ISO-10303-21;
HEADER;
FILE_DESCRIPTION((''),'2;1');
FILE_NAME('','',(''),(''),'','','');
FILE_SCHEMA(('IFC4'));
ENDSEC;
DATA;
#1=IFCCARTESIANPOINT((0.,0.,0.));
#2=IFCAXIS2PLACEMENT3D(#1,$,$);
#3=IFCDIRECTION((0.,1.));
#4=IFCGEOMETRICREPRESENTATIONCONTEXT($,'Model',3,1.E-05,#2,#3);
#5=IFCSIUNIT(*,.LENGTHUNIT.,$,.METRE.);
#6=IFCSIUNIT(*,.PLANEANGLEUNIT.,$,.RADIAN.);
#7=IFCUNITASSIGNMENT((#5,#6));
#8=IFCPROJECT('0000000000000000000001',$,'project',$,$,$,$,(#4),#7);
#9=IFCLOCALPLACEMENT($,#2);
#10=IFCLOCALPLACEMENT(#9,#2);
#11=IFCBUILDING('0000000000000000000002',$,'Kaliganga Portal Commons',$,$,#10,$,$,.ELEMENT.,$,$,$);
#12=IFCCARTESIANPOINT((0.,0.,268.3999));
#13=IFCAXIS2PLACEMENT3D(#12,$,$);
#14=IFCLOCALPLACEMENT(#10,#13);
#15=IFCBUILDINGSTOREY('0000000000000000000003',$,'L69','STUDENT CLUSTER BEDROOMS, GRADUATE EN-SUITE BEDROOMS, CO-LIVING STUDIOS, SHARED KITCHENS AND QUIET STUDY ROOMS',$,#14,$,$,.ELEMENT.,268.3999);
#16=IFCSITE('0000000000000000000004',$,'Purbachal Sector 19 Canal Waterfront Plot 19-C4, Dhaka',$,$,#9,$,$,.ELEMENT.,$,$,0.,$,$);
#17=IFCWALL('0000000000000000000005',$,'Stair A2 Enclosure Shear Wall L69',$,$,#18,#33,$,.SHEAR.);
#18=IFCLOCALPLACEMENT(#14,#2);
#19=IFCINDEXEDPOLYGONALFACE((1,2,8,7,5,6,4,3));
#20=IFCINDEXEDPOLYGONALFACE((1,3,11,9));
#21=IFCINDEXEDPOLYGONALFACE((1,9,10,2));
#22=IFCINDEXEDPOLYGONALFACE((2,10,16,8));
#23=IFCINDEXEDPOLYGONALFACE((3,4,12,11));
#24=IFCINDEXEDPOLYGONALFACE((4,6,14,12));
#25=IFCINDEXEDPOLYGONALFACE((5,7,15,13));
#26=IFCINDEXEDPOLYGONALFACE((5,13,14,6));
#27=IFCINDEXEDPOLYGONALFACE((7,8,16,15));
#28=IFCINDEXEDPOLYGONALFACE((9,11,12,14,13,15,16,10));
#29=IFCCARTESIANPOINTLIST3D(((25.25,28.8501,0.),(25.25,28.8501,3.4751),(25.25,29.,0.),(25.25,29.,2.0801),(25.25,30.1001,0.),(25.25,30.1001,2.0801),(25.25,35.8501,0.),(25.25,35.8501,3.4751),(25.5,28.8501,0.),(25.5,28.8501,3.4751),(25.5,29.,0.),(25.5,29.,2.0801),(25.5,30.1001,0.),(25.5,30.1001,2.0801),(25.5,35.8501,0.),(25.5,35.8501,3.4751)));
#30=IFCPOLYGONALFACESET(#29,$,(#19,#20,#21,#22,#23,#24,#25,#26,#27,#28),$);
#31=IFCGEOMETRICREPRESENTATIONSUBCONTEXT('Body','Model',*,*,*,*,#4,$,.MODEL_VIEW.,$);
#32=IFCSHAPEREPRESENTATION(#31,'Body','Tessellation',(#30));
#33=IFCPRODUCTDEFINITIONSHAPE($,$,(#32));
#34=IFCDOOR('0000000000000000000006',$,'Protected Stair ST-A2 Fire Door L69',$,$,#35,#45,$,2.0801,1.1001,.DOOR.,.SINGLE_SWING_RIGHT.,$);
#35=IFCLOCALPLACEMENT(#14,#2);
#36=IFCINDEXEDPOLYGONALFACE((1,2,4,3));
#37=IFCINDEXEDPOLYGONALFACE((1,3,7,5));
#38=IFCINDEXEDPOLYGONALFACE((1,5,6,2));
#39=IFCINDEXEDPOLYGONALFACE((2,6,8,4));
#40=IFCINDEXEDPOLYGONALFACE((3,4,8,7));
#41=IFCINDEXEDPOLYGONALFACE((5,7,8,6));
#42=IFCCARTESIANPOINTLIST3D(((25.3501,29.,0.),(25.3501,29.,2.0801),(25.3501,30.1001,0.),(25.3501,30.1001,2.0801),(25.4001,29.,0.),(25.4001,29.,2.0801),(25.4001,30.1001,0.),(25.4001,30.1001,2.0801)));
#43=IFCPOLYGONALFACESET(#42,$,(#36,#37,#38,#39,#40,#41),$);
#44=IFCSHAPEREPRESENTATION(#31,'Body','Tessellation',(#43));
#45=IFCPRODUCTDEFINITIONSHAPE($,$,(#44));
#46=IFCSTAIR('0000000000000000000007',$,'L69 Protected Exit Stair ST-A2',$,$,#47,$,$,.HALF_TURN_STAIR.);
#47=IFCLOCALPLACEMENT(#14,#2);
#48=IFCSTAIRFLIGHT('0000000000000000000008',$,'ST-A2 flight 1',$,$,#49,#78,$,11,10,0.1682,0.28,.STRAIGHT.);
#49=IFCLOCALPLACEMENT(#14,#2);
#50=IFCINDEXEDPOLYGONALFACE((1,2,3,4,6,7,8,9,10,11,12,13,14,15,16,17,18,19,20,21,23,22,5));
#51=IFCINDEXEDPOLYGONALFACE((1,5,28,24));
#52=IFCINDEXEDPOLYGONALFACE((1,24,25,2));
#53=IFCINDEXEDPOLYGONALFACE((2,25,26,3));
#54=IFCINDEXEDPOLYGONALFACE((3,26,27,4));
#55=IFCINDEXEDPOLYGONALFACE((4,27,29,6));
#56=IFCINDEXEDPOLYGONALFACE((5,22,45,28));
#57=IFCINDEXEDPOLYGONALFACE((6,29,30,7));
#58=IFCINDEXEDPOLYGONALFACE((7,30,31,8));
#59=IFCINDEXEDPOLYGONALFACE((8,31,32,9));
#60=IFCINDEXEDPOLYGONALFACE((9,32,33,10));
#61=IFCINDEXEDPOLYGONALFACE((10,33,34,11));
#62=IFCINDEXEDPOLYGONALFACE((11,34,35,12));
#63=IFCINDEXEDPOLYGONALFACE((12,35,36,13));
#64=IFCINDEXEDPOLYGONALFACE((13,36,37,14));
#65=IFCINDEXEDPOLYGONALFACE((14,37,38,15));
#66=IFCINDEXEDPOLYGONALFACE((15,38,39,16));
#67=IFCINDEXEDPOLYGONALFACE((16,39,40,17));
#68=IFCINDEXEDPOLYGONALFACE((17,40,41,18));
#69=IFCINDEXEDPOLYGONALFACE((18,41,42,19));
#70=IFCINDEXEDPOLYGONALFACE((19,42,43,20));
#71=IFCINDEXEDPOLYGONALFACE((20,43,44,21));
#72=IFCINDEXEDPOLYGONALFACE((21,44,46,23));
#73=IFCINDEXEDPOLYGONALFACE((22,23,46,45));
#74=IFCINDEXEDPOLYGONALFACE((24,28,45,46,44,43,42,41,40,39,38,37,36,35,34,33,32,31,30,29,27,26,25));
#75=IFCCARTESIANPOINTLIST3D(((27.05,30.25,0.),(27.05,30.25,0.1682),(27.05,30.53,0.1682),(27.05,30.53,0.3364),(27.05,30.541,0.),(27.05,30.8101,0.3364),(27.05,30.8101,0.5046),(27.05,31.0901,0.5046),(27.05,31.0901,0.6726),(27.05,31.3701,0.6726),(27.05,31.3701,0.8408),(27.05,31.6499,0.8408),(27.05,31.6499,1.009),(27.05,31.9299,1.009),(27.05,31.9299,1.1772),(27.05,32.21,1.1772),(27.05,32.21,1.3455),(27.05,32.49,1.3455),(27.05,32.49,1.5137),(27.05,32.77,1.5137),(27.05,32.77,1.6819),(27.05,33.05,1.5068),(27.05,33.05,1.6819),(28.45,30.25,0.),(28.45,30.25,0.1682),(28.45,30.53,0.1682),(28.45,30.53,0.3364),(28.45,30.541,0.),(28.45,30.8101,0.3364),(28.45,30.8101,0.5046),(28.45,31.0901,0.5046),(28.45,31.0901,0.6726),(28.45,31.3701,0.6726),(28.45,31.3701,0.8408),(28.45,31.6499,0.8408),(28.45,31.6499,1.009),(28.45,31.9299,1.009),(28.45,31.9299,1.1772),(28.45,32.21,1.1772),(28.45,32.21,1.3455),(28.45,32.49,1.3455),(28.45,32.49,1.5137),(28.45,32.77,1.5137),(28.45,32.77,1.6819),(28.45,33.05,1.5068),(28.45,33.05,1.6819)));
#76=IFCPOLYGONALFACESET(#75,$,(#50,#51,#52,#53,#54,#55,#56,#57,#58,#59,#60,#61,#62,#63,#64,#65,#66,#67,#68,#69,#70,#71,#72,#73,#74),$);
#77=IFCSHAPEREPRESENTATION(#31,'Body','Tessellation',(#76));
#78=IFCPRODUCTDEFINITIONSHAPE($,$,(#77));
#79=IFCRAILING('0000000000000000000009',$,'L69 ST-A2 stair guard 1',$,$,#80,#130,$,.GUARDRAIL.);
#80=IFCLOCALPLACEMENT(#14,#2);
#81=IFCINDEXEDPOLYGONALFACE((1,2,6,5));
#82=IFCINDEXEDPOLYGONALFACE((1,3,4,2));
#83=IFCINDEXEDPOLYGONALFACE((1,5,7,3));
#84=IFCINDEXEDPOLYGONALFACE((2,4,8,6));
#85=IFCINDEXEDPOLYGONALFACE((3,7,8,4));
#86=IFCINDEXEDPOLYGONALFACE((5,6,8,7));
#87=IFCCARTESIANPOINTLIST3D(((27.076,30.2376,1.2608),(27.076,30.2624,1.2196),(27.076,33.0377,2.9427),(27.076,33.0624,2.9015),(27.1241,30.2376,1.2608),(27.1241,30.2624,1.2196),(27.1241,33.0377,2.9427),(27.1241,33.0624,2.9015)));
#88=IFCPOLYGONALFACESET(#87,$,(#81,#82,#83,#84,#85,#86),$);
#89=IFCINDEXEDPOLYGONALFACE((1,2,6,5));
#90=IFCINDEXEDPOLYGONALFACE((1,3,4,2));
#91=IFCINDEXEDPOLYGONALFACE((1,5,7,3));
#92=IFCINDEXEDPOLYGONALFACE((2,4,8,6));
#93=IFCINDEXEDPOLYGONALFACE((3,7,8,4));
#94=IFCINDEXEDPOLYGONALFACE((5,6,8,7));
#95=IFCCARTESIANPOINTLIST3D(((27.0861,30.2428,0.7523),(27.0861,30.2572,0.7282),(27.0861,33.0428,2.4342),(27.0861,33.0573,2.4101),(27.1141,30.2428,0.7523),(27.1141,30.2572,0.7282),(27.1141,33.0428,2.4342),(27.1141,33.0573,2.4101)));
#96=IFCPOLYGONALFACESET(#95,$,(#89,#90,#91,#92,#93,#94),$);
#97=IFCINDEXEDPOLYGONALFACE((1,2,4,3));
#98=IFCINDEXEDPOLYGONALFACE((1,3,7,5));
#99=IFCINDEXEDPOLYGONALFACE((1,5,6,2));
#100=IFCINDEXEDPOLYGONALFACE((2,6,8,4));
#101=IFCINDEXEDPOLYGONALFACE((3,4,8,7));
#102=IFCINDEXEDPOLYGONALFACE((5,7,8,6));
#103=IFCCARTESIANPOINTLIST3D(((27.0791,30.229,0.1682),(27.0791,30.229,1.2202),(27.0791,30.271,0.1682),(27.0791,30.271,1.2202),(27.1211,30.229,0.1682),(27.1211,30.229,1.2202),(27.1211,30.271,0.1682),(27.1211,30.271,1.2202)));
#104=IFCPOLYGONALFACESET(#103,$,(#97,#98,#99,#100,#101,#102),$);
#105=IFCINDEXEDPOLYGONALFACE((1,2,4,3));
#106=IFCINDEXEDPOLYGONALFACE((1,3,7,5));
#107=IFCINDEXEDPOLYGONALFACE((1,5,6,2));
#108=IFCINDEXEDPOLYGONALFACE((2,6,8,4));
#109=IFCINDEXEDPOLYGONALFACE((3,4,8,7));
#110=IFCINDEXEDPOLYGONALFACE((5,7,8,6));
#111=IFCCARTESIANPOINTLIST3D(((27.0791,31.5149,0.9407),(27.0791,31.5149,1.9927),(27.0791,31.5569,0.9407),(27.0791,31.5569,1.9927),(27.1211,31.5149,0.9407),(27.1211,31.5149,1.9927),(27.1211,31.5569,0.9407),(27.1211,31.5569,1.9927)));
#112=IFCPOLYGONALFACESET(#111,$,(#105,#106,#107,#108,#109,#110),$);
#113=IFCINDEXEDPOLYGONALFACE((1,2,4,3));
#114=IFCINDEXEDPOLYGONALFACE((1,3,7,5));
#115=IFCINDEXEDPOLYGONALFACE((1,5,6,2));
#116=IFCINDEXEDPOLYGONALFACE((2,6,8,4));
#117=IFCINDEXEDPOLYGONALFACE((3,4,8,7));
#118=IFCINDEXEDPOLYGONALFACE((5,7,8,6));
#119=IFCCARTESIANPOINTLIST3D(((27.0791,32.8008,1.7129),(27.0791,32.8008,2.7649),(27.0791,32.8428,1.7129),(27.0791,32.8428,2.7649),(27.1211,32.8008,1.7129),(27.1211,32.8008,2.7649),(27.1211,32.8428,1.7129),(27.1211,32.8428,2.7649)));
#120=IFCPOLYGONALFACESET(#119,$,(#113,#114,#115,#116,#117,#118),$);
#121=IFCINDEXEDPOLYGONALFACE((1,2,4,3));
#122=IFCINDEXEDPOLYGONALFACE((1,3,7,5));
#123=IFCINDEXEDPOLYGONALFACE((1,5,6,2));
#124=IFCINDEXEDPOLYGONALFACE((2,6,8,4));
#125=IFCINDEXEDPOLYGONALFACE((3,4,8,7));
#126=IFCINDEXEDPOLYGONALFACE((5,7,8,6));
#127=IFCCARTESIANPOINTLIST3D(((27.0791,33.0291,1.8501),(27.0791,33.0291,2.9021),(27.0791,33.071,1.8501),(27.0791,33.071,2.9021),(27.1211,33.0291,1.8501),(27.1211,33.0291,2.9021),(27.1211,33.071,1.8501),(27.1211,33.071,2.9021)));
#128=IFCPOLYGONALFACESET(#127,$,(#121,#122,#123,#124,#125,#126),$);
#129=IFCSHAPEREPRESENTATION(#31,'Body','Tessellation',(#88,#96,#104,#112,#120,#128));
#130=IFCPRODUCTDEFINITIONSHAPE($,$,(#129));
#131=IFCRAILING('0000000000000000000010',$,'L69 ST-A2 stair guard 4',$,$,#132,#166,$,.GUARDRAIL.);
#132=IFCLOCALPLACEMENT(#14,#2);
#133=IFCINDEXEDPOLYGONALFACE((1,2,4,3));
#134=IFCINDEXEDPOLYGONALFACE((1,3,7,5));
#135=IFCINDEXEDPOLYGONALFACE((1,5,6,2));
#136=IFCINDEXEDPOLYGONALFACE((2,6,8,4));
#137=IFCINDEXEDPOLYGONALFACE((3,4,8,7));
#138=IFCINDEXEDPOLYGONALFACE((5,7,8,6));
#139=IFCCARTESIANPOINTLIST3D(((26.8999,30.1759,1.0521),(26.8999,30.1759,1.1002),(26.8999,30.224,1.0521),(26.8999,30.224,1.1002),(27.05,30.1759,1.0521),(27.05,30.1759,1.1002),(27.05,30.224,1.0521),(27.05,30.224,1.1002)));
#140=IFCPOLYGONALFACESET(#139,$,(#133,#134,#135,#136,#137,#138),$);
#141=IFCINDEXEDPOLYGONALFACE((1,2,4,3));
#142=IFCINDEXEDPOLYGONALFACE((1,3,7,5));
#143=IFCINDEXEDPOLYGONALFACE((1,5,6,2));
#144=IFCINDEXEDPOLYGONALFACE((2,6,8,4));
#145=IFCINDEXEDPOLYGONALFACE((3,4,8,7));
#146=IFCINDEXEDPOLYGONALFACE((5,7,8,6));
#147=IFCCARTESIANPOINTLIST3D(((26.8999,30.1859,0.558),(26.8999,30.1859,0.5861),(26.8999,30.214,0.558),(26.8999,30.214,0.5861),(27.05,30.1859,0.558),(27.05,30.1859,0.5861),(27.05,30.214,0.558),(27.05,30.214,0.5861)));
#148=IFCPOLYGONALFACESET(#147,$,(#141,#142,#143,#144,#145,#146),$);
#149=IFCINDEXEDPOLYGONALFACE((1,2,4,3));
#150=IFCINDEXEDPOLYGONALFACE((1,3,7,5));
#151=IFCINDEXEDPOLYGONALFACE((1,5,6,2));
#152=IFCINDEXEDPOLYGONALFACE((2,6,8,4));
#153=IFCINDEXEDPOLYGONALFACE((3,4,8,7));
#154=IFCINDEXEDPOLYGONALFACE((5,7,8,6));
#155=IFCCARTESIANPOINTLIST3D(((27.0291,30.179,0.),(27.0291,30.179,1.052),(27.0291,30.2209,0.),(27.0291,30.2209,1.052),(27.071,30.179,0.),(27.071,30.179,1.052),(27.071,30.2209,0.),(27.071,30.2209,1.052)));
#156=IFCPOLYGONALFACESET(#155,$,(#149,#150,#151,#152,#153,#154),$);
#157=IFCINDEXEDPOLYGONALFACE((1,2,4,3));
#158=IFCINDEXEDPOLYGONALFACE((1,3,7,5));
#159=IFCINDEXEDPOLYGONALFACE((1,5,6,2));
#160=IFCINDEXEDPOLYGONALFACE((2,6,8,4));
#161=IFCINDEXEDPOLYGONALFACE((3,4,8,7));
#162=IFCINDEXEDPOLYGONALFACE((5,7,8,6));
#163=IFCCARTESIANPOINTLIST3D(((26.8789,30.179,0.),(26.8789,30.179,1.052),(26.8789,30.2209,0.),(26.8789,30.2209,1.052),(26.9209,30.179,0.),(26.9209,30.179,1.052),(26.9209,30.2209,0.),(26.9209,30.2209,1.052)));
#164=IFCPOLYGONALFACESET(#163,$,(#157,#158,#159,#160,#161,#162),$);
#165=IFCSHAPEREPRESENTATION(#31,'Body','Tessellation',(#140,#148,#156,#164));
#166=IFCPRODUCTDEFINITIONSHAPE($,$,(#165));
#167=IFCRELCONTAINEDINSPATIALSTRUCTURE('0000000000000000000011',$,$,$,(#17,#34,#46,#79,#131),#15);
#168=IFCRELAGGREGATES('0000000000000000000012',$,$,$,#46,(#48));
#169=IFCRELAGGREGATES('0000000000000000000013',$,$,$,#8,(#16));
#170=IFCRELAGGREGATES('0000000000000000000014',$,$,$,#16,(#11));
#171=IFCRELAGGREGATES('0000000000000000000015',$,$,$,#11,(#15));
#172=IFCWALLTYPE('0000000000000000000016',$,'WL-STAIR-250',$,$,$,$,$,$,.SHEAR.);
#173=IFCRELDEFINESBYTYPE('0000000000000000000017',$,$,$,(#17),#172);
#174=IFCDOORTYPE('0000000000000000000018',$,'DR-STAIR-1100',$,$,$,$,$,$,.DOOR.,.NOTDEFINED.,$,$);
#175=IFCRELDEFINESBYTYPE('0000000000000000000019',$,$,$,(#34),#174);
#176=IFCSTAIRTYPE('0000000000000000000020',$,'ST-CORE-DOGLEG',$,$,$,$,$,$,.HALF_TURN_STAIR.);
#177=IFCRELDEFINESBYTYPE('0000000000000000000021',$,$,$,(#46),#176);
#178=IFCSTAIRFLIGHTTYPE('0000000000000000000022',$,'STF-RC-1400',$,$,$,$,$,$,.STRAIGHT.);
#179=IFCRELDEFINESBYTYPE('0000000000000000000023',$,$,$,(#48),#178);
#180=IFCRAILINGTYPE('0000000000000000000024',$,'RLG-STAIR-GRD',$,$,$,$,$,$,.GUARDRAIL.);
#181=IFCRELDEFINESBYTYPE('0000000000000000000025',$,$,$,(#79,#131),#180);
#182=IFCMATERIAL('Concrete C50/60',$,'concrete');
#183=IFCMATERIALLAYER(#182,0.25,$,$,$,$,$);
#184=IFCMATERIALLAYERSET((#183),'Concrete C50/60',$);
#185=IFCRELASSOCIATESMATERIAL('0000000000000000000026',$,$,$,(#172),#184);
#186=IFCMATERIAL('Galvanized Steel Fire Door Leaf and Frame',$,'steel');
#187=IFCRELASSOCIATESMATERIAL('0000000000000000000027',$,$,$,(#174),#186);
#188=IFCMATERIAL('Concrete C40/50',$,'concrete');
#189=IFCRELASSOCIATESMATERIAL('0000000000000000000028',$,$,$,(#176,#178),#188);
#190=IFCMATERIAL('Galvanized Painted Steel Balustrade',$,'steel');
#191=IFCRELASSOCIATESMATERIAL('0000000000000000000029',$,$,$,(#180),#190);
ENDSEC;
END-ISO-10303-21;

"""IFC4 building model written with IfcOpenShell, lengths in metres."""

from ifc_helpers import new_model, si_unit, direction, frame, frame_2d, origin, origin_2d, place, context, subcontext, project, spatial, polyline, rectangle, outline, extrude, material, layer, layer_set, type_object, element, fill, aggregate, save


model = new_model("IFC4")

# Units and contexts
model_context = context("Model", 3, precision=1e-05, world=origin(), true_north=direction((0.0, 1.0)))
body_context = subcontext(model_context, "Body", "Model", "MODEL_VIEW")
ifc_project = project(units=[si_unit("LENGTHUNIT", "METRE"), si_unit("PLANEANGLEUNIT", "RADIAN")], contexts=[model_context])

# Site, building, storey
site_placement = place(None, origin())
site = spatial("IfcSite", under=ifc_project, at=site_placement, Name="Purbachal Sector 19 Canal Waterfront Plot 19-C4, Dhaka", CompositionType="ELEMENT", RefElevation=0.0)
building_placement = place(site_placement, origin())
building = spatial("IfcBuilding", under=site, at=building_placement, Name="Kaliganga Portal Commons", CompositionType="ELEMENT")
storey_placement = place(building_placement, frame((0.0, 0.0, 268.3999)))
storey = spatial("IfcBuildingStorey", under=building, at=storey_placement, Name="L69", Description="STUDENT CLUSTER BEDROOMS, GRADUATE EN-SUITE BEDROOMS, CO-LIVING STUDIOS, SHARED KITCHENS AND QUIET STUDY ROOMS", CompositionType="ELEMENT", Elevation=268.3999)

# Shared definitions
ifc_material_1 = material(Name="Concrete C50/60", Category="concrete")

# Wall, opening, door
ifc_layer_1 = layer(ifc_material_1, 0.25)
ifc_layer_set_1 = layer_set([ifc_layer_1], Name="Concrete C50/60")
wall_type_1 = type_object("IfcWallType", Name="WL-STAIR-250", PredefinedType="SHEAR", material=ifc_layer_set_1)
wall_1_placement = place(storey_placement, frame((25.375, 28.8501, 0.0), z_axis=(0.0, 0.0, 1.0), x_axis=(0.0, 1.0, 0.0)))
wall_1 = element("IfcWall", 1, at=wall_1_placement, inside=storey, type_object=wall_type_1, Name="Stair A2 Enclosure Shear Wall L69", PredefinedType="SHEAR", context=body_context, shape_type="SweptSolid", body=[
    extrude(rectangle(XDim=7.0, YDim=0.25, at=frame_2d((3.5, 0.0))), origin(), (0.0, 0.0, 1.0), 3.4751),
])
opening_1_placement = place(wall_1_placement, frame((0.1499, 0.0, 0.0)))
opening_1 = element("IfcOpeningElement", 2, at=opening_1_placement, cuts=wall_1, PredefinedType="OPENING", context=body_context, shape_type="SweptSolid", body=[
    extrude(rectangle(XDim=1.1001, YDim=2.0801, at=frame_2d((0.55, 1.04))), frame((0.0, 0.135, 0.0), z_axis=(0.0, -1.0, 0.0), x_axis=(1.0, 0.0, 0.0)), (0.0, 0.0, 1.0), 0.27),
])
ifc_material_2 = material(Name="Galvanized Steel Fire Door Leaf and Frame", Category="steel")
door_type_1 = type_object("IfcDoorType", Name="DR-STAIR-1100", OperationType="NOTDEFINED", PredefinedType="DOOR", material=ifc_material_2)
door_1_placement = place(opening_1_placement, origin())
door_1 = element("IfcDoor", 3, at=door_1_placement, inside=storey, type_object=door_type_1, Name="Protected Stair ST-A2 Fire Door L69", OperationType="SINGLE_SWING_RIGHT", OverallHeight=2.0801, OverallWidth=1.1001, PredefinedType="DOOR", context=body_context, shape_type="SweptSolid", body=[
    extrude(rectangle(XDim=1.1001, YDim=2.0801, at=frame_2d((0.55, 1.04))), frame((0.0, 0.0249, 0.0), z_axis=(0.0, -1.0, 0.0), x_axis=(1.0, 0.0, 0.0)), (0.0, 0.0, 1.0), 0.05),
])
fill(opening_1, door_1)

# Stair, stair flight
ifc_material_3 = material(Name="Concrete C40/50", Category="concrete")
stair_type = type_object("IfcStairType", Name="ST-CORE-DOGLEG", PredefinedType="HALF_TURN_STAIR", material=ifc_material_3)
stair_placement = place(storey_placement, origin())
stair = element("IfcStair", 4, at=stair_placement, inside=storey, type_object=stair_type, Name="L69 Protected Exit Stair ST-A2", PredefinedType="HALF_TURN_STAIR")
stair_flight_type = type_object("IfcStairFlightType", Name="STF-RC-1400", PredefinedType="STRAIGHT", material=ifc_material_3)
stair_flight_placement = place(storey_placement, frame((27.75, 30.25, 0.0), z_axis=(0.0, 0.0, 1.0), x_axis=(0.0, 1.0, 0.0)))
stair_flight = element("IfcStairFlight", 5, at=stair_flight_placement, type_object=stair_flight_type, Name="ST-A2 flight 1", NumberOfRisers=11, NumberOfTreads=10, PredefinedType="STRAIGHT", RiserHeight=0.1682, TreadLength=0.28, context=body_context, shape_type="SweptSolid", body=[
    extrude(outline(polyline([(0.0, 0.0), (0.0, 0.1682), (0.28, 0.1682), (0.28, 0.3364), (0.5601, 0.3364), (0.5601, 0.5046), (0.8401, 0.5046), (0.8401, 0.6726), (1.1201, 0.6726), (1.1201, 0.8408), (1.3999, 0.8408), (1.3999, 1.009), (1.6799, 1.009), (1.6799, 1.1772), (1.96, 1.1772), (1.96, 1.3455), (2.24, 1.3455), (2.24, 1.5137), (2.52, 1.5137), (2.52, 1.6819), (2.8, 1.6819), (2.8, 1.8501), (2.8, 1.5068), (0.291, 0.0), (0.0, 0.0)])), frame((0.0, 0.7, 0.0), z_axis=(0.0, -1.0, 0.0), x_axis=(1.0, 0.0, 0.0)), (0.0, 0.0, 1.0), 1.3999),
])
aggregate(stair, [stair_flight])

# Railings
ifc_material_4 = material(Name="Galvanized Painted Steel Balustrade", Category="steel")
railing_type = type_object("IfcRailingType", Name="RLG-STAIR-GRD", PredefinedType="GUARDRAIL", material=ifc_material_4)
railing_1_placement = place(storey_placement, frame((27.1001, 30.25, 0.1682)))
element("IfcRailing", 6, at=railing_1_placement, inside=storey, type_object=railing_type, Name="L69 ST-A2 stair guard 1", PredefinedType="GUARDRAIL", context=body_context, shape_type="SweptSolid", body=[
    extrude(rectangle(XDim=0.0481, YDim=0.0481, at=origin_2d()), frame((0.0, 0.0, 1.072), z_axis=(0.0, 0.857242, 0.514913), x_axis=(-1.0, 0.0, 0.0)), (0.0, 0.0, 1.0), 3.2664),
    extrude(rectangle(XDim=0.0281, YDim=0.0281, at=origin_2d()), frame((0.0, 0.0, 0.572), z_axis=(0.0, 0.857242, 0.514913), x_axis=(-1.0, 0.0, 0.0)), (0.0, 0.0, 1.0), 3.2664),
    extrude(rectangle(XDim=0.042, YDim=0.042, at=origin_2d()), origin(), (0.0, 0.0, 1.0), 1.052),
    extrude(rectangle(XDim=0.042, YDim=0.042, at=origin_2d()), frame((0.0, 1.2859, 0.7725)), (0.0, 0.0, 1.0), 1.052),
    extrude(rectangle(XDim=0.042, YDim=0.042, at=origin_2d()), frame((0.0, 2.5718, 1.5447)), (0.0, 0.0, 1.0), 1.052),
    extrude(rectangle(XDim=0.042, YDim=0.042, at=origin_2d()), frame((0.0, 2.8, 1.6819)), (0.0, 0.0, 1.0), 1.052),
])
railing_2_placement = place(storey_placement, frame((27.05, 30.2, 0.0)))
element("IfcRailing", 7, at=railing_2_placement, inside=storey, type_object=railing_type, Name="L69 ST-A2 stair guard 4", PredefinedType="GUARDRAIL", context=body_context, shape_type="SweptSolid", body=[
    extrude(rectangle(XDim=0.0481, YDim=0.0481, at=origin_2d()), frame((0.0, 0.0, 1.0762), z_axis=(-1.0, 0.0, 0.0), x_axis=(0.0, -1.0, 0.0)), (0.0, 0.0, 1.0), 0.1501),
    extrude(rectangle(XDim=0.0281, YDim=0.0281, at=origin_2d()), frame((0.0, 0.0, 0.572), z_axis=(-1.0, 0.0, 0.0), x_axis=(0.0, -1.0, 0.0)), (0.0, 0.0, 1.0), 0.1501),
    extrude(rectangle(XDim=0.042, YDim=0.042, at=origin_2d()), origin(), (0.0, 0.0, 1.0), 1.052),
    extrude(rectangle(XDim=0.042, YDim=0.042, at=origin_2d()), frame((-0.1501, 0.0, 0.0)), (0.0, 0.0, 1.0), 1.052),
])

save(model, "model.ifc")
